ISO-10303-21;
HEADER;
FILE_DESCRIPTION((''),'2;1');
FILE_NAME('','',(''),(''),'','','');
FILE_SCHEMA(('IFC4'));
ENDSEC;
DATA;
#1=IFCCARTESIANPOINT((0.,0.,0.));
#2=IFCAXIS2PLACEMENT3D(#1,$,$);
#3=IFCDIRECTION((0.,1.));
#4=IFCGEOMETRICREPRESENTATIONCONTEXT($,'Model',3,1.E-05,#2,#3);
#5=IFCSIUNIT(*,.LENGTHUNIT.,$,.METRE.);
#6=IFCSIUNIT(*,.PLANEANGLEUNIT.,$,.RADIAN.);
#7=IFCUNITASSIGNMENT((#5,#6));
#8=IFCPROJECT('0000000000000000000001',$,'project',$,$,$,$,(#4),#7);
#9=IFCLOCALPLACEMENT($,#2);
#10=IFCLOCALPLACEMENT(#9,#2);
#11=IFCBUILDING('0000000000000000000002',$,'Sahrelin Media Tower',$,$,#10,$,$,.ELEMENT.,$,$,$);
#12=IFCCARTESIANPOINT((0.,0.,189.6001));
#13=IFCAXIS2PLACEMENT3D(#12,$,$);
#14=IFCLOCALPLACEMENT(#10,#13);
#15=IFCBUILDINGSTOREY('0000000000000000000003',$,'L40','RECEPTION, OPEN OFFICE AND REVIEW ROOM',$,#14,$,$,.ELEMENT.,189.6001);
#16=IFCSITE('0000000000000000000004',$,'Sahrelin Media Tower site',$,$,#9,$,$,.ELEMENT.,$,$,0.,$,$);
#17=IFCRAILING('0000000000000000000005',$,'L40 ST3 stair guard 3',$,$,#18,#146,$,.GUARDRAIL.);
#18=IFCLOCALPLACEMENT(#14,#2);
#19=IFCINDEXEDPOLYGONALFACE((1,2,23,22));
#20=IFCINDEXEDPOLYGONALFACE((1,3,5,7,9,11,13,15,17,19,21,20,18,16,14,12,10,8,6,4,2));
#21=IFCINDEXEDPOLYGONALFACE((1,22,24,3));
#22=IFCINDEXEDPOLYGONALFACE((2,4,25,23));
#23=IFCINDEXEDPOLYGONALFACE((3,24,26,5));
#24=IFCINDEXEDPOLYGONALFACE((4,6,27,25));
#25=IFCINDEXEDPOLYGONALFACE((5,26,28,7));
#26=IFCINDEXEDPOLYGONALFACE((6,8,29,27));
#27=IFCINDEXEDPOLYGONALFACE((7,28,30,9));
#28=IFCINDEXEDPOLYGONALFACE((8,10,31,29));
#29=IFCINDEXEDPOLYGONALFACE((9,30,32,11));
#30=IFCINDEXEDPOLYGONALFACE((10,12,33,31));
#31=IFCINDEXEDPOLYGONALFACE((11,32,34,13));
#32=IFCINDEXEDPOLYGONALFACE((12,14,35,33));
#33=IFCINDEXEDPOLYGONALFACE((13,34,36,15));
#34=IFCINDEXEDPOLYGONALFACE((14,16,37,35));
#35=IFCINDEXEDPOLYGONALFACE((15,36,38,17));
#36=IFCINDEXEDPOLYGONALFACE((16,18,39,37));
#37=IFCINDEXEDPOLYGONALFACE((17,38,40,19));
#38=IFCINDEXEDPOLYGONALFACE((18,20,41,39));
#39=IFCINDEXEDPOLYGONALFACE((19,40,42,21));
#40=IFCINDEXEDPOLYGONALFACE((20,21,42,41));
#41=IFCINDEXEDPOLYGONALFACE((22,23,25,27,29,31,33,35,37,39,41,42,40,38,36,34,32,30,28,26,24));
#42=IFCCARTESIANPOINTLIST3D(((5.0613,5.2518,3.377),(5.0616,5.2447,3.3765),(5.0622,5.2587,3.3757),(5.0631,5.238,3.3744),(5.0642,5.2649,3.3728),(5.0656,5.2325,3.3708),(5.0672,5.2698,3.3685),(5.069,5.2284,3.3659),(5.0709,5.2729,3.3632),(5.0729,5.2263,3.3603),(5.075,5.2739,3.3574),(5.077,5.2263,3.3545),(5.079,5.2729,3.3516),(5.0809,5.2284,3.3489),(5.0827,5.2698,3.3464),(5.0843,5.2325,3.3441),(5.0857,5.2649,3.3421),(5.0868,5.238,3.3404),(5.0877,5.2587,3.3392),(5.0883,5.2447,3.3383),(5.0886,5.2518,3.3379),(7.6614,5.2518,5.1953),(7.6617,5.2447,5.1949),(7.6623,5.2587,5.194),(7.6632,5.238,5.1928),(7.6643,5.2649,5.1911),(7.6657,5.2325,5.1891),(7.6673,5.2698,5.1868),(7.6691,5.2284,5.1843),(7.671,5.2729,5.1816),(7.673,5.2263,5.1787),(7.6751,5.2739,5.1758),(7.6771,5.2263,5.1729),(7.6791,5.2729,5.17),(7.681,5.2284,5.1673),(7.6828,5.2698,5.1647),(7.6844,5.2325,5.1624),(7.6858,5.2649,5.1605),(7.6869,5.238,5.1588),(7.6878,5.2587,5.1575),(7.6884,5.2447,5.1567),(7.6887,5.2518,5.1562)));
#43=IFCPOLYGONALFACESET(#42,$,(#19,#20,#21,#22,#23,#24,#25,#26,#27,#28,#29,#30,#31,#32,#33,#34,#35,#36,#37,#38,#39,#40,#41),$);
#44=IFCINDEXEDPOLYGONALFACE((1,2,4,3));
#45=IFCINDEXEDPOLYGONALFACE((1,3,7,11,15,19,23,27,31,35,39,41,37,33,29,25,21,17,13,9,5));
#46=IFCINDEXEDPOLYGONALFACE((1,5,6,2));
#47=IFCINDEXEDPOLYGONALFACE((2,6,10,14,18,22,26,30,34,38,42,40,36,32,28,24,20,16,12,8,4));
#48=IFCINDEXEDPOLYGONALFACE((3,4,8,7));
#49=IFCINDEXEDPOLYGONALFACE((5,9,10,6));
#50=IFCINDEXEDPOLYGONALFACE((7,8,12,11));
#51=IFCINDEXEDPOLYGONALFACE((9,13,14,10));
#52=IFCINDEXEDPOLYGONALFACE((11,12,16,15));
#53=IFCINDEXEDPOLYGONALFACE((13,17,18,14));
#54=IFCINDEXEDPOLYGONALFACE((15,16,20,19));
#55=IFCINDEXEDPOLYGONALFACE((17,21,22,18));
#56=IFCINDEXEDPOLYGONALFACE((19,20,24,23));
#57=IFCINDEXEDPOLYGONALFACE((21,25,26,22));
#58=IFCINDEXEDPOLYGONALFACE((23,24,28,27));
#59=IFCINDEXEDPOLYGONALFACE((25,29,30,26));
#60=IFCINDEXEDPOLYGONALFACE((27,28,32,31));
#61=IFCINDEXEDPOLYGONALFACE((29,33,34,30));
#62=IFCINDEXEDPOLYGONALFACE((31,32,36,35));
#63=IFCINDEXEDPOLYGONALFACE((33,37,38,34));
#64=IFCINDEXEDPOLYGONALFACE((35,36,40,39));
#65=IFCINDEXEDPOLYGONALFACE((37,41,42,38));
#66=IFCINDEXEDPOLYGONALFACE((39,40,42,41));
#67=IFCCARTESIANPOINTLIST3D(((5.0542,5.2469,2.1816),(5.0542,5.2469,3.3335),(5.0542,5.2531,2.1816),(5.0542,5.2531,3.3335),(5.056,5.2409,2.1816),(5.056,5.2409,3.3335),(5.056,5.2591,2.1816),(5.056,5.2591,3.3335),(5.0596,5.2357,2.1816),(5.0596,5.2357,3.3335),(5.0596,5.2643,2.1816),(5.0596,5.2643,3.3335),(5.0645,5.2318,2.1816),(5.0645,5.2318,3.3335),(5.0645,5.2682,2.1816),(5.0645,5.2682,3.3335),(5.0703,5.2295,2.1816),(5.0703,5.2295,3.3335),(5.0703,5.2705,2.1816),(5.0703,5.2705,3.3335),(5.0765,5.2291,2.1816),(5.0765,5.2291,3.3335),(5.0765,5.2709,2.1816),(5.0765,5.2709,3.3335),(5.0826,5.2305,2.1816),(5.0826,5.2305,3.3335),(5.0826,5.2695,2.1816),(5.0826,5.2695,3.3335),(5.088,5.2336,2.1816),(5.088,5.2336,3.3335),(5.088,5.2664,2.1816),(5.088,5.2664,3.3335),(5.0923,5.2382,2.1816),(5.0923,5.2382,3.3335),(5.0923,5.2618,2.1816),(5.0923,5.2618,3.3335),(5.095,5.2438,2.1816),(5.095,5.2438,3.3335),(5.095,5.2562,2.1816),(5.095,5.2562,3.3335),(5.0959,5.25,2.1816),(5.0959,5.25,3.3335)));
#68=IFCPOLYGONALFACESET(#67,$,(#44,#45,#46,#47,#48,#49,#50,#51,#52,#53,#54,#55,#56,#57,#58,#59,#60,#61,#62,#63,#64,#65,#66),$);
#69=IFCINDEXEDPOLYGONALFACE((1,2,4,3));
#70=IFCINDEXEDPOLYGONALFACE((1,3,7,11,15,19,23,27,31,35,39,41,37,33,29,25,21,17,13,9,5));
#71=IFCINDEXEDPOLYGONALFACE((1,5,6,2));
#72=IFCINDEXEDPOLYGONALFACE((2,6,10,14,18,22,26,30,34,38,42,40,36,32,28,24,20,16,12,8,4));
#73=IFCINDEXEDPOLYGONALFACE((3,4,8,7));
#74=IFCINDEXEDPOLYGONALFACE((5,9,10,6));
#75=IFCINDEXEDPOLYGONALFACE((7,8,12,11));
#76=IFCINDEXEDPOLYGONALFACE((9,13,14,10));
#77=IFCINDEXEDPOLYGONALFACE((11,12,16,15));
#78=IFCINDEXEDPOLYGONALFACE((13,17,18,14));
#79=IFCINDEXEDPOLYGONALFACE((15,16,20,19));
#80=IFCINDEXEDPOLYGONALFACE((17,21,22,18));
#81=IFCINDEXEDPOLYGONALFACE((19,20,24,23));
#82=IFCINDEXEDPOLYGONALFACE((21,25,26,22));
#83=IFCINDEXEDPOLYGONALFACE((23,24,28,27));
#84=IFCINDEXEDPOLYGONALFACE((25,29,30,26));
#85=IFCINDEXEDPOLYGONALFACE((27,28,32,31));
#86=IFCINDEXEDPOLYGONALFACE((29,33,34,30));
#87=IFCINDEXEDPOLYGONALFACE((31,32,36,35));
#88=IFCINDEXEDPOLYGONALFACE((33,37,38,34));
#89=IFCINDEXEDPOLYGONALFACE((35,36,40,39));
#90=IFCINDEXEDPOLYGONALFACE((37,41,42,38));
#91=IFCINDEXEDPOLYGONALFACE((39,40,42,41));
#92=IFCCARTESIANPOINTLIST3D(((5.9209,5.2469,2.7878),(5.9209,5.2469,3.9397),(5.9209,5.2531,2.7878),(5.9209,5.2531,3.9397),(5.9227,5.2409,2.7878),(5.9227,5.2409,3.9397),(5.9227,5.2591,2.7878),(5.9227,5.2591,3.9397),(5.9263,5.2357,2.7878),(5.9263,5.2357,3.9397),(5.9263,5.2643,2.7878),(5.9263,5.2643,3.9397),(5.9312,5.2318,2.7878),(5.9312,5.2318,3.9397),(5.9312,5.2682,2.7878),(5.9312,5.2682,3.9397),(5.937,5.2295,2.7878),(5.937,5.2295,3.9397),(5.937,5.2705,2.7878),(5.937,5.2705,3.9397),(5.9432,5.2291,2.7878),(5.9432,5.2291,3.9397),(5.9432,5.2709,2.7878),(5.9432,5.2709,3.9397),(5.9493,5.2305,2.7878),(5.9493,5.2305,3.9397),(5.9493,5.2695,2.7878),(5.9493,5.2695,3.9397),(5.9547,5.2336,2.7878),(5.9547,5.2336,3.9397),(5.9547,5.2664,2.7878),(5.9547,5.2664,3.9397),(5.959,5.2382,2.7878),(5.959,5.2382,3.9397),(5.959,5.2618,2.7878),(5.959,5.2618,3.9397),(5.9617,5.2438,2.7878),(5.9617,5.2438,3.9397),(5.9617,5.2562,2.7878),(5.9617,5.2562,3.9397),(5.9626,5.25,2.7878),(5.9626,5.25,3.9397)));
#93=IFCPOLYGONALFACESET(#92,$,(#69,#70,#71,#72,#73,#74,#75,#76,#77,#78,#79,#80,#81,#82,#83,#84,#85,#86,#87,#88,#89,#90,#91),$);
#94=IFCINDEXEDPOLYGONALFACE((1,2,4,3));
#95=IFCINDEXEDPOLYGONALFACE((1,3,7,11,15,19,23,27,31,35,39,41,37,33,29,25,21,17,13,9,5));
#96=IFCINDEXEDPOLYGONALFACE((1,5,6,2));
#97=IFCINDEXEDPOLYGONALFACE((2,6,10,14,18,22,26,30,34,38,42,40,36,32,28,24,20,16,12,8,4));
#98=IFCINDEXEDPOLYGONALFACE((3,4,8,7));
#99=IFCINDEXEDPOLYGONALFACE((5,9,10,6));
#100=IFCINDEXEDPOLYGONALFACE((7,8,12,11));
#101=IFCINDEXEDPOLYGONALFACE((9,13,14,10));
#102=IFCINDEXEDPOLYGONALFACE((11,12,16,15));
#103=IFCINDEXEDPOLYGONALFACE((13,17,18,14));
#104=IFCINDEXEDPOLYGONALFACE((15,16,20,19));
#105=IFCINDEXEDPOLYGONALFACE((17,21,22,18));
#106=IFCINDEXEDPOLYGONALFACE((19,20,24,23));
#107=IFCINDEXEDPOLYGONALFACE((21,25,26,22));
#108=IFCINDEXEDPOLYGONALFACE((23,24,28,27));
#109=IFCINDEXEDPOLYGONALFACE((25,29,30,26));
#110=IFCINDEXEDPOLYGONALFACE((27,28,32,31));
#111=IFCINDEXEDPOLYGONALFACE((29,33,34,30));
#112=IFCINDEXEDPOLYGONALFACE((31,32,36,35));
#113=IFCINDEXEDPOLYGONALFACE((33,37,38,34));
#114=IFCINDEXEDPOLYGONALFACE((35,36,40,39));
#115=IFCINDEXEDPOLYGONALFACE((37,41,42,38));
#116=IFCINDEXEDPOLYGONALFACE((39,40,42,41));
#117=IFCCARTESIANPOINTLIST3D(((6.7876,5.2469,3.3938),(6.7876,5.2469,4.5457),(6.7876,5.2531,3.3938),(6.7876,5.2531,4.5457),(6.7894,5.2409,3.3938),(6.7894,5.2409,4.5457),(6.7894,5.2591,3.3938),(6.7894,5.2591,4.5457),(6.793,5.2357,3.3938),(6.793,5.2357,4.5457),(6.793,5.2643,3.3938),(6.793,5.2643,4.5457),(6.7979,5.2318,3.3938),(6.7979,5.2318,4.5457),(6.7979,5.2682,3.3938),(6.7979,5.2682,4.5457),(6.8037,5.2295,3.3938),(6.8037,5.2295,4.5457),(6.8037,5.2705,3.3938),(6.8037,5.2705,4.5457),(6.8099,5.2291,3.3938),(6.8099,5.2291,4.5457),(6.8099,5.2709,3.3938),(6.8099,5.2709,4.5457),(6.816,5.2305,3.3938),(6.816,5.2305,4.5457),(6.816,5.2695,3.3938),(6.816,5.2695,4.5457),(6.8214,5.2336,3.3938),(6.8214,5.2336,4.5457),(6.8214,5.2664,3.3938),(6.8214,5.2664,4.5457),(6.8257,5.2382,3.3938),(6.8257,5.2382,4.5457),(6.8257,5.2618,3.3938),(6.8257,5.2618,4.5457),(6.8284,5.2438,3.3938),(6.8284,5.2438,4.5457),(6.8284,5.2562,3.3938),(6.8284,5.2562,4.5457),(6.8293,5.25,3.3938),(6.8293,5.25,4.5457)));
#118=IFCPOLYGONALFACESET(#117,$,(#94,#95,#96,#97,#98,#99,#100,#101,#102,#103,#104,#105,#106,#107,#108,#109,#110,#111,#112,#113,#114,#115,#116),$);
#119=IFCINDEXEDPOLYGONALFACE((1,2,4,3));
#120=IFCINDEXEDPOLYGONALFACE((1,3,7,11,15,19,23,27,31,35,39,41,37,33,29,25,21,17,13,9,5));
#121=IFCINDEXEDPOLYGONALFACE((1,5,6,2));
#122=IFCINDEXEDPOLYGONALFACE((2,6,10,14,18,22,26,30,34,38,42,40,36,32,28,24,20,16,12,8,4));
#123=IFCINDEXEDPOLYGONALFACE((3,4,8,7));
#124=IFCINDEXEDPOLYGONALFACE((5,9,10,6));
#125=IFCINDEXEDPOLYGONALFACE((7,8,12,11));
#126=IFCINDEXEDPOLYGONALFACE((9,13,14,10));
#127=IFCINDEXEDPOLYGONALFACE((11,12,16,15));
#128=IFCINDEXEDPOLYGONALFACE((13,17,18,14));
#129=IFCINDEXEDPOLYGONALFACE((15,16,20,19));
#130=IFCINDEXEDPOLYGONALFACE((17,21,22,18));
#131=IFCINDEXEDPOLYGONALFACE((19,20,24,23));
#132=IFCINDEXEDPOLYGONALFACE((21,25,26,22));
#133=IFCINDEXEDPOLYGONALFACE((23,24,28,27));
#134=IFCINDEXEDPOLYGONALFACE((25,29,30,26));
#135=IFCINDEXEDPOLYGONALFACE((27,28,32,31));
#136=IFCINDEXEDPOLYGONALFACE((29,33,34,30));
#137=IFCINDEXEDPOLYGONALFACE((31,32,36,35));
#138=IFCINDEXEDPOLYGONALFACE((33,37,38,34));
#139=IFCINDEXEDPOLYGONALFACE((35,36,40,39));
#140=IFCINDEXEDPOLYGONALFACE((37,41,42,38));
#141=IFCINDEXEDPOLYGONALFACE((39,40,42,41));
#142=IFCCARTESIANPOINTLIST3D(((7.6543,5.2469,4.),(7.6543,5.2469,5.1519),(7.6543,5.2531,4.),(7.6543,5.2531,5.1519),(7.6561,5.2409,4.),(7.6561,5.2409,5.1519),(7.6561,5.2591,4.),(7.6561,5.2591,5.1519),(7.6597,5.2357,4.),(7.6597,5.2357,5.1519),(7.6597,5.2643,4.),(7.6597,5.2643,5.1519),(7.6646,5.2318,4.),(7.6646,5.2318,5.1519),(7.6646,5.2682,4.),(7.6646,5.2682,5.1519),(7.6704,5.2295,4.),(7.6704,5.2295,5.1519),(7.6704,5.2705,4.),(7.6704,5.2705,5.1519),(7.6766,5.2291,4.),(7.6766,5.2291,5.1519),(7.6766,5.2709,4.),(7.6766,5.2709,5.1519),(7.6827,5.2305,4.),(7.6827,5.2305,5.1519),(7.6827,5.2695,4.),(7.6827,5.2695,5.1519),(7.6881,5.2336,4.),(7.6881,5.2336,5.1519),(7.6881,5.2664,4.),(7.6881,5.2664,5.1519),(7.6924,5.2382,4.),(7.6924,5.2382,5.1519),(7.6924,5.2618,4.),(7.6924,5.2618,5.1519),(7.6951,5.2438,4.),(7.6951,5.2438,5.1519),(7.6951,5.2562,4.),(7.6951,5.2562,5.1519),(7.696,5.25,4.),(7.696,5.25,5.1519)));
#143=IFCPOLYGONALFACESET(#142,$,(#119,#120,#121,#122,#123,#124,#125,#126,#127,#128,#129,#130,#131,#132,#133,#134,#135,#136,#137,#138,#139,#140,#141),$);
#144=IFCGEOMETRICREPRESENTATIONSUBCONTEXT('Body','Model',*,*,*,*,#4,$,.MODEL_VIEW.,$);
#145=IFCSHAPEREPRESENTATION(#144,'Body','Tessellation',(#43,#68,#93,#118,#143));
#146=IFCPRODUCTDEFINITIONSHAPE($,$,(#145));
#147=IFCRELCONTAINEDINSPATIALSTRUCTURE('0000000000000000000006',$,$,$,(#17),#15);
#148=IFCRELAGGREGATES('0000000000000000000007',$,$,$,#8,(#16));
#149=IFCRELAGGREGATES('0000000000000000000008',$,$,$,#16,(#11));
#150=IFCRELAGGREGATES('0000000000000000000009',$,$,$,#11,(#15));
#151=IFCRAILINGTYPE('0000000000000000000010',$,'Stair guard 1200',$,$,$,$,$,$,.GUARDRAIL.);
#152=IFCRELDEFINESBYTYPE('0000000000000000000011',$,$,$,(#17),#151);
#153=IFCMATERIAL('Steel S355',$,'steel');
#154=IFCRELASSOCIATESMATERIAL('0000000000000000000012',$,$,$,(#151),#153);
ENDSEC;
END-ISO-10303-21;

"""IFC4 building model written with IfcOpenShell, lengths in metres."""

from ifc_helpers import new_model, si_unit, direction, frame, origin, origin_2d, place, context, subcontext, project, spatial, circle, extrude, material, type_object, element, save


model = new_model("IFC4")

# Units and contexts
model_context = context("Model", 3, precision=1e-05, world=origin(), true_north=direction((0.0, 1.0)))
body_context = subcontext(model_context, "Body", "Model", "MODEL_VIEW")
ifc_project = project(units=[si_unit("LENGTHUNIT", "METRE"), si_unit("PLANEANGLEUNIT", "RADIAN")], contexts=[model_context])

# Site, building, storey
site_placement = place(None, origin())
site = spatial("IfcSite", under=ifc_project, at=site_placement, Name="Sahrelin Media Tower site", CompositionType="ELEMENT", RefElevation=0.0)
building_placement = place(site_placement, origin())
building = spatial("IfcBuilding", under=site, at=building_placement, Name="Sahrelin Media Tower", CompositionType="ELEMENT")
storey_placement = place(building_placement, frame((0.0, 0.0, 189.6001)))
storey = spatial("IfcBuildingStorey", under=building, at=storey_placement, Name="L40", Description="RECEPTION, OPEN OFFICE AND REVIEW ROOM", CompositionType="ELEMENT", Elevation=189.6001)

# Shared definitions
ifc_material_1 = material(Name="Steel S355", Category="steel")

# Railing
railing_type_1 = type_object("IfcRailingType", Name="Stair guard 1200", PredefinedType="GUARDRAIL", material=ifc_material_1)
railing_1_placement = place(storey_placement, frame((5.075, 5.25, 2.1816)))
element("IfcRailing", 1, at=railing_1_placement, inside=storey, type_object=railing_type_1, Name="L40 ST3 stair guard 3", PredefinedType="GUARDRAIL", context=body_context, shape_type="SweptSolid", body=[
    extrude(circle(Radius=0.0239, at=origin_2d()), frame((0.0, 0.0, 1.1758), z_axis=(0.819485, 0.0, 0.573101), x_axis=(0.0, 1.0, 0.0)), (0.0, 0.0, 1.0), 3.1729),
    extrude(circle(Radius=0.021, at=origin_2d()), origin(), (0.0, 0.0, 1.0), 1.1519),
    extrude(circle(Radius=0.021, at=origin_2d()), frame((0.8667, 0.0, 0.6062)), (0.0, 0.0, 1.0), 1.1519),
    extrude(circle(Radius=0.021, at=origin_2d()), frame((1.7334, 0.0, 1.2122)), (0.0, 0.0, 1.0), 1.1519),
    extrude(circle(Radius=0.021, at=origin_2d()), frame((2.6001, 0.0, 1.8184)), (0.0, 0.0, 1.0), 1.1519),
])

save(model, "model.ifc")
